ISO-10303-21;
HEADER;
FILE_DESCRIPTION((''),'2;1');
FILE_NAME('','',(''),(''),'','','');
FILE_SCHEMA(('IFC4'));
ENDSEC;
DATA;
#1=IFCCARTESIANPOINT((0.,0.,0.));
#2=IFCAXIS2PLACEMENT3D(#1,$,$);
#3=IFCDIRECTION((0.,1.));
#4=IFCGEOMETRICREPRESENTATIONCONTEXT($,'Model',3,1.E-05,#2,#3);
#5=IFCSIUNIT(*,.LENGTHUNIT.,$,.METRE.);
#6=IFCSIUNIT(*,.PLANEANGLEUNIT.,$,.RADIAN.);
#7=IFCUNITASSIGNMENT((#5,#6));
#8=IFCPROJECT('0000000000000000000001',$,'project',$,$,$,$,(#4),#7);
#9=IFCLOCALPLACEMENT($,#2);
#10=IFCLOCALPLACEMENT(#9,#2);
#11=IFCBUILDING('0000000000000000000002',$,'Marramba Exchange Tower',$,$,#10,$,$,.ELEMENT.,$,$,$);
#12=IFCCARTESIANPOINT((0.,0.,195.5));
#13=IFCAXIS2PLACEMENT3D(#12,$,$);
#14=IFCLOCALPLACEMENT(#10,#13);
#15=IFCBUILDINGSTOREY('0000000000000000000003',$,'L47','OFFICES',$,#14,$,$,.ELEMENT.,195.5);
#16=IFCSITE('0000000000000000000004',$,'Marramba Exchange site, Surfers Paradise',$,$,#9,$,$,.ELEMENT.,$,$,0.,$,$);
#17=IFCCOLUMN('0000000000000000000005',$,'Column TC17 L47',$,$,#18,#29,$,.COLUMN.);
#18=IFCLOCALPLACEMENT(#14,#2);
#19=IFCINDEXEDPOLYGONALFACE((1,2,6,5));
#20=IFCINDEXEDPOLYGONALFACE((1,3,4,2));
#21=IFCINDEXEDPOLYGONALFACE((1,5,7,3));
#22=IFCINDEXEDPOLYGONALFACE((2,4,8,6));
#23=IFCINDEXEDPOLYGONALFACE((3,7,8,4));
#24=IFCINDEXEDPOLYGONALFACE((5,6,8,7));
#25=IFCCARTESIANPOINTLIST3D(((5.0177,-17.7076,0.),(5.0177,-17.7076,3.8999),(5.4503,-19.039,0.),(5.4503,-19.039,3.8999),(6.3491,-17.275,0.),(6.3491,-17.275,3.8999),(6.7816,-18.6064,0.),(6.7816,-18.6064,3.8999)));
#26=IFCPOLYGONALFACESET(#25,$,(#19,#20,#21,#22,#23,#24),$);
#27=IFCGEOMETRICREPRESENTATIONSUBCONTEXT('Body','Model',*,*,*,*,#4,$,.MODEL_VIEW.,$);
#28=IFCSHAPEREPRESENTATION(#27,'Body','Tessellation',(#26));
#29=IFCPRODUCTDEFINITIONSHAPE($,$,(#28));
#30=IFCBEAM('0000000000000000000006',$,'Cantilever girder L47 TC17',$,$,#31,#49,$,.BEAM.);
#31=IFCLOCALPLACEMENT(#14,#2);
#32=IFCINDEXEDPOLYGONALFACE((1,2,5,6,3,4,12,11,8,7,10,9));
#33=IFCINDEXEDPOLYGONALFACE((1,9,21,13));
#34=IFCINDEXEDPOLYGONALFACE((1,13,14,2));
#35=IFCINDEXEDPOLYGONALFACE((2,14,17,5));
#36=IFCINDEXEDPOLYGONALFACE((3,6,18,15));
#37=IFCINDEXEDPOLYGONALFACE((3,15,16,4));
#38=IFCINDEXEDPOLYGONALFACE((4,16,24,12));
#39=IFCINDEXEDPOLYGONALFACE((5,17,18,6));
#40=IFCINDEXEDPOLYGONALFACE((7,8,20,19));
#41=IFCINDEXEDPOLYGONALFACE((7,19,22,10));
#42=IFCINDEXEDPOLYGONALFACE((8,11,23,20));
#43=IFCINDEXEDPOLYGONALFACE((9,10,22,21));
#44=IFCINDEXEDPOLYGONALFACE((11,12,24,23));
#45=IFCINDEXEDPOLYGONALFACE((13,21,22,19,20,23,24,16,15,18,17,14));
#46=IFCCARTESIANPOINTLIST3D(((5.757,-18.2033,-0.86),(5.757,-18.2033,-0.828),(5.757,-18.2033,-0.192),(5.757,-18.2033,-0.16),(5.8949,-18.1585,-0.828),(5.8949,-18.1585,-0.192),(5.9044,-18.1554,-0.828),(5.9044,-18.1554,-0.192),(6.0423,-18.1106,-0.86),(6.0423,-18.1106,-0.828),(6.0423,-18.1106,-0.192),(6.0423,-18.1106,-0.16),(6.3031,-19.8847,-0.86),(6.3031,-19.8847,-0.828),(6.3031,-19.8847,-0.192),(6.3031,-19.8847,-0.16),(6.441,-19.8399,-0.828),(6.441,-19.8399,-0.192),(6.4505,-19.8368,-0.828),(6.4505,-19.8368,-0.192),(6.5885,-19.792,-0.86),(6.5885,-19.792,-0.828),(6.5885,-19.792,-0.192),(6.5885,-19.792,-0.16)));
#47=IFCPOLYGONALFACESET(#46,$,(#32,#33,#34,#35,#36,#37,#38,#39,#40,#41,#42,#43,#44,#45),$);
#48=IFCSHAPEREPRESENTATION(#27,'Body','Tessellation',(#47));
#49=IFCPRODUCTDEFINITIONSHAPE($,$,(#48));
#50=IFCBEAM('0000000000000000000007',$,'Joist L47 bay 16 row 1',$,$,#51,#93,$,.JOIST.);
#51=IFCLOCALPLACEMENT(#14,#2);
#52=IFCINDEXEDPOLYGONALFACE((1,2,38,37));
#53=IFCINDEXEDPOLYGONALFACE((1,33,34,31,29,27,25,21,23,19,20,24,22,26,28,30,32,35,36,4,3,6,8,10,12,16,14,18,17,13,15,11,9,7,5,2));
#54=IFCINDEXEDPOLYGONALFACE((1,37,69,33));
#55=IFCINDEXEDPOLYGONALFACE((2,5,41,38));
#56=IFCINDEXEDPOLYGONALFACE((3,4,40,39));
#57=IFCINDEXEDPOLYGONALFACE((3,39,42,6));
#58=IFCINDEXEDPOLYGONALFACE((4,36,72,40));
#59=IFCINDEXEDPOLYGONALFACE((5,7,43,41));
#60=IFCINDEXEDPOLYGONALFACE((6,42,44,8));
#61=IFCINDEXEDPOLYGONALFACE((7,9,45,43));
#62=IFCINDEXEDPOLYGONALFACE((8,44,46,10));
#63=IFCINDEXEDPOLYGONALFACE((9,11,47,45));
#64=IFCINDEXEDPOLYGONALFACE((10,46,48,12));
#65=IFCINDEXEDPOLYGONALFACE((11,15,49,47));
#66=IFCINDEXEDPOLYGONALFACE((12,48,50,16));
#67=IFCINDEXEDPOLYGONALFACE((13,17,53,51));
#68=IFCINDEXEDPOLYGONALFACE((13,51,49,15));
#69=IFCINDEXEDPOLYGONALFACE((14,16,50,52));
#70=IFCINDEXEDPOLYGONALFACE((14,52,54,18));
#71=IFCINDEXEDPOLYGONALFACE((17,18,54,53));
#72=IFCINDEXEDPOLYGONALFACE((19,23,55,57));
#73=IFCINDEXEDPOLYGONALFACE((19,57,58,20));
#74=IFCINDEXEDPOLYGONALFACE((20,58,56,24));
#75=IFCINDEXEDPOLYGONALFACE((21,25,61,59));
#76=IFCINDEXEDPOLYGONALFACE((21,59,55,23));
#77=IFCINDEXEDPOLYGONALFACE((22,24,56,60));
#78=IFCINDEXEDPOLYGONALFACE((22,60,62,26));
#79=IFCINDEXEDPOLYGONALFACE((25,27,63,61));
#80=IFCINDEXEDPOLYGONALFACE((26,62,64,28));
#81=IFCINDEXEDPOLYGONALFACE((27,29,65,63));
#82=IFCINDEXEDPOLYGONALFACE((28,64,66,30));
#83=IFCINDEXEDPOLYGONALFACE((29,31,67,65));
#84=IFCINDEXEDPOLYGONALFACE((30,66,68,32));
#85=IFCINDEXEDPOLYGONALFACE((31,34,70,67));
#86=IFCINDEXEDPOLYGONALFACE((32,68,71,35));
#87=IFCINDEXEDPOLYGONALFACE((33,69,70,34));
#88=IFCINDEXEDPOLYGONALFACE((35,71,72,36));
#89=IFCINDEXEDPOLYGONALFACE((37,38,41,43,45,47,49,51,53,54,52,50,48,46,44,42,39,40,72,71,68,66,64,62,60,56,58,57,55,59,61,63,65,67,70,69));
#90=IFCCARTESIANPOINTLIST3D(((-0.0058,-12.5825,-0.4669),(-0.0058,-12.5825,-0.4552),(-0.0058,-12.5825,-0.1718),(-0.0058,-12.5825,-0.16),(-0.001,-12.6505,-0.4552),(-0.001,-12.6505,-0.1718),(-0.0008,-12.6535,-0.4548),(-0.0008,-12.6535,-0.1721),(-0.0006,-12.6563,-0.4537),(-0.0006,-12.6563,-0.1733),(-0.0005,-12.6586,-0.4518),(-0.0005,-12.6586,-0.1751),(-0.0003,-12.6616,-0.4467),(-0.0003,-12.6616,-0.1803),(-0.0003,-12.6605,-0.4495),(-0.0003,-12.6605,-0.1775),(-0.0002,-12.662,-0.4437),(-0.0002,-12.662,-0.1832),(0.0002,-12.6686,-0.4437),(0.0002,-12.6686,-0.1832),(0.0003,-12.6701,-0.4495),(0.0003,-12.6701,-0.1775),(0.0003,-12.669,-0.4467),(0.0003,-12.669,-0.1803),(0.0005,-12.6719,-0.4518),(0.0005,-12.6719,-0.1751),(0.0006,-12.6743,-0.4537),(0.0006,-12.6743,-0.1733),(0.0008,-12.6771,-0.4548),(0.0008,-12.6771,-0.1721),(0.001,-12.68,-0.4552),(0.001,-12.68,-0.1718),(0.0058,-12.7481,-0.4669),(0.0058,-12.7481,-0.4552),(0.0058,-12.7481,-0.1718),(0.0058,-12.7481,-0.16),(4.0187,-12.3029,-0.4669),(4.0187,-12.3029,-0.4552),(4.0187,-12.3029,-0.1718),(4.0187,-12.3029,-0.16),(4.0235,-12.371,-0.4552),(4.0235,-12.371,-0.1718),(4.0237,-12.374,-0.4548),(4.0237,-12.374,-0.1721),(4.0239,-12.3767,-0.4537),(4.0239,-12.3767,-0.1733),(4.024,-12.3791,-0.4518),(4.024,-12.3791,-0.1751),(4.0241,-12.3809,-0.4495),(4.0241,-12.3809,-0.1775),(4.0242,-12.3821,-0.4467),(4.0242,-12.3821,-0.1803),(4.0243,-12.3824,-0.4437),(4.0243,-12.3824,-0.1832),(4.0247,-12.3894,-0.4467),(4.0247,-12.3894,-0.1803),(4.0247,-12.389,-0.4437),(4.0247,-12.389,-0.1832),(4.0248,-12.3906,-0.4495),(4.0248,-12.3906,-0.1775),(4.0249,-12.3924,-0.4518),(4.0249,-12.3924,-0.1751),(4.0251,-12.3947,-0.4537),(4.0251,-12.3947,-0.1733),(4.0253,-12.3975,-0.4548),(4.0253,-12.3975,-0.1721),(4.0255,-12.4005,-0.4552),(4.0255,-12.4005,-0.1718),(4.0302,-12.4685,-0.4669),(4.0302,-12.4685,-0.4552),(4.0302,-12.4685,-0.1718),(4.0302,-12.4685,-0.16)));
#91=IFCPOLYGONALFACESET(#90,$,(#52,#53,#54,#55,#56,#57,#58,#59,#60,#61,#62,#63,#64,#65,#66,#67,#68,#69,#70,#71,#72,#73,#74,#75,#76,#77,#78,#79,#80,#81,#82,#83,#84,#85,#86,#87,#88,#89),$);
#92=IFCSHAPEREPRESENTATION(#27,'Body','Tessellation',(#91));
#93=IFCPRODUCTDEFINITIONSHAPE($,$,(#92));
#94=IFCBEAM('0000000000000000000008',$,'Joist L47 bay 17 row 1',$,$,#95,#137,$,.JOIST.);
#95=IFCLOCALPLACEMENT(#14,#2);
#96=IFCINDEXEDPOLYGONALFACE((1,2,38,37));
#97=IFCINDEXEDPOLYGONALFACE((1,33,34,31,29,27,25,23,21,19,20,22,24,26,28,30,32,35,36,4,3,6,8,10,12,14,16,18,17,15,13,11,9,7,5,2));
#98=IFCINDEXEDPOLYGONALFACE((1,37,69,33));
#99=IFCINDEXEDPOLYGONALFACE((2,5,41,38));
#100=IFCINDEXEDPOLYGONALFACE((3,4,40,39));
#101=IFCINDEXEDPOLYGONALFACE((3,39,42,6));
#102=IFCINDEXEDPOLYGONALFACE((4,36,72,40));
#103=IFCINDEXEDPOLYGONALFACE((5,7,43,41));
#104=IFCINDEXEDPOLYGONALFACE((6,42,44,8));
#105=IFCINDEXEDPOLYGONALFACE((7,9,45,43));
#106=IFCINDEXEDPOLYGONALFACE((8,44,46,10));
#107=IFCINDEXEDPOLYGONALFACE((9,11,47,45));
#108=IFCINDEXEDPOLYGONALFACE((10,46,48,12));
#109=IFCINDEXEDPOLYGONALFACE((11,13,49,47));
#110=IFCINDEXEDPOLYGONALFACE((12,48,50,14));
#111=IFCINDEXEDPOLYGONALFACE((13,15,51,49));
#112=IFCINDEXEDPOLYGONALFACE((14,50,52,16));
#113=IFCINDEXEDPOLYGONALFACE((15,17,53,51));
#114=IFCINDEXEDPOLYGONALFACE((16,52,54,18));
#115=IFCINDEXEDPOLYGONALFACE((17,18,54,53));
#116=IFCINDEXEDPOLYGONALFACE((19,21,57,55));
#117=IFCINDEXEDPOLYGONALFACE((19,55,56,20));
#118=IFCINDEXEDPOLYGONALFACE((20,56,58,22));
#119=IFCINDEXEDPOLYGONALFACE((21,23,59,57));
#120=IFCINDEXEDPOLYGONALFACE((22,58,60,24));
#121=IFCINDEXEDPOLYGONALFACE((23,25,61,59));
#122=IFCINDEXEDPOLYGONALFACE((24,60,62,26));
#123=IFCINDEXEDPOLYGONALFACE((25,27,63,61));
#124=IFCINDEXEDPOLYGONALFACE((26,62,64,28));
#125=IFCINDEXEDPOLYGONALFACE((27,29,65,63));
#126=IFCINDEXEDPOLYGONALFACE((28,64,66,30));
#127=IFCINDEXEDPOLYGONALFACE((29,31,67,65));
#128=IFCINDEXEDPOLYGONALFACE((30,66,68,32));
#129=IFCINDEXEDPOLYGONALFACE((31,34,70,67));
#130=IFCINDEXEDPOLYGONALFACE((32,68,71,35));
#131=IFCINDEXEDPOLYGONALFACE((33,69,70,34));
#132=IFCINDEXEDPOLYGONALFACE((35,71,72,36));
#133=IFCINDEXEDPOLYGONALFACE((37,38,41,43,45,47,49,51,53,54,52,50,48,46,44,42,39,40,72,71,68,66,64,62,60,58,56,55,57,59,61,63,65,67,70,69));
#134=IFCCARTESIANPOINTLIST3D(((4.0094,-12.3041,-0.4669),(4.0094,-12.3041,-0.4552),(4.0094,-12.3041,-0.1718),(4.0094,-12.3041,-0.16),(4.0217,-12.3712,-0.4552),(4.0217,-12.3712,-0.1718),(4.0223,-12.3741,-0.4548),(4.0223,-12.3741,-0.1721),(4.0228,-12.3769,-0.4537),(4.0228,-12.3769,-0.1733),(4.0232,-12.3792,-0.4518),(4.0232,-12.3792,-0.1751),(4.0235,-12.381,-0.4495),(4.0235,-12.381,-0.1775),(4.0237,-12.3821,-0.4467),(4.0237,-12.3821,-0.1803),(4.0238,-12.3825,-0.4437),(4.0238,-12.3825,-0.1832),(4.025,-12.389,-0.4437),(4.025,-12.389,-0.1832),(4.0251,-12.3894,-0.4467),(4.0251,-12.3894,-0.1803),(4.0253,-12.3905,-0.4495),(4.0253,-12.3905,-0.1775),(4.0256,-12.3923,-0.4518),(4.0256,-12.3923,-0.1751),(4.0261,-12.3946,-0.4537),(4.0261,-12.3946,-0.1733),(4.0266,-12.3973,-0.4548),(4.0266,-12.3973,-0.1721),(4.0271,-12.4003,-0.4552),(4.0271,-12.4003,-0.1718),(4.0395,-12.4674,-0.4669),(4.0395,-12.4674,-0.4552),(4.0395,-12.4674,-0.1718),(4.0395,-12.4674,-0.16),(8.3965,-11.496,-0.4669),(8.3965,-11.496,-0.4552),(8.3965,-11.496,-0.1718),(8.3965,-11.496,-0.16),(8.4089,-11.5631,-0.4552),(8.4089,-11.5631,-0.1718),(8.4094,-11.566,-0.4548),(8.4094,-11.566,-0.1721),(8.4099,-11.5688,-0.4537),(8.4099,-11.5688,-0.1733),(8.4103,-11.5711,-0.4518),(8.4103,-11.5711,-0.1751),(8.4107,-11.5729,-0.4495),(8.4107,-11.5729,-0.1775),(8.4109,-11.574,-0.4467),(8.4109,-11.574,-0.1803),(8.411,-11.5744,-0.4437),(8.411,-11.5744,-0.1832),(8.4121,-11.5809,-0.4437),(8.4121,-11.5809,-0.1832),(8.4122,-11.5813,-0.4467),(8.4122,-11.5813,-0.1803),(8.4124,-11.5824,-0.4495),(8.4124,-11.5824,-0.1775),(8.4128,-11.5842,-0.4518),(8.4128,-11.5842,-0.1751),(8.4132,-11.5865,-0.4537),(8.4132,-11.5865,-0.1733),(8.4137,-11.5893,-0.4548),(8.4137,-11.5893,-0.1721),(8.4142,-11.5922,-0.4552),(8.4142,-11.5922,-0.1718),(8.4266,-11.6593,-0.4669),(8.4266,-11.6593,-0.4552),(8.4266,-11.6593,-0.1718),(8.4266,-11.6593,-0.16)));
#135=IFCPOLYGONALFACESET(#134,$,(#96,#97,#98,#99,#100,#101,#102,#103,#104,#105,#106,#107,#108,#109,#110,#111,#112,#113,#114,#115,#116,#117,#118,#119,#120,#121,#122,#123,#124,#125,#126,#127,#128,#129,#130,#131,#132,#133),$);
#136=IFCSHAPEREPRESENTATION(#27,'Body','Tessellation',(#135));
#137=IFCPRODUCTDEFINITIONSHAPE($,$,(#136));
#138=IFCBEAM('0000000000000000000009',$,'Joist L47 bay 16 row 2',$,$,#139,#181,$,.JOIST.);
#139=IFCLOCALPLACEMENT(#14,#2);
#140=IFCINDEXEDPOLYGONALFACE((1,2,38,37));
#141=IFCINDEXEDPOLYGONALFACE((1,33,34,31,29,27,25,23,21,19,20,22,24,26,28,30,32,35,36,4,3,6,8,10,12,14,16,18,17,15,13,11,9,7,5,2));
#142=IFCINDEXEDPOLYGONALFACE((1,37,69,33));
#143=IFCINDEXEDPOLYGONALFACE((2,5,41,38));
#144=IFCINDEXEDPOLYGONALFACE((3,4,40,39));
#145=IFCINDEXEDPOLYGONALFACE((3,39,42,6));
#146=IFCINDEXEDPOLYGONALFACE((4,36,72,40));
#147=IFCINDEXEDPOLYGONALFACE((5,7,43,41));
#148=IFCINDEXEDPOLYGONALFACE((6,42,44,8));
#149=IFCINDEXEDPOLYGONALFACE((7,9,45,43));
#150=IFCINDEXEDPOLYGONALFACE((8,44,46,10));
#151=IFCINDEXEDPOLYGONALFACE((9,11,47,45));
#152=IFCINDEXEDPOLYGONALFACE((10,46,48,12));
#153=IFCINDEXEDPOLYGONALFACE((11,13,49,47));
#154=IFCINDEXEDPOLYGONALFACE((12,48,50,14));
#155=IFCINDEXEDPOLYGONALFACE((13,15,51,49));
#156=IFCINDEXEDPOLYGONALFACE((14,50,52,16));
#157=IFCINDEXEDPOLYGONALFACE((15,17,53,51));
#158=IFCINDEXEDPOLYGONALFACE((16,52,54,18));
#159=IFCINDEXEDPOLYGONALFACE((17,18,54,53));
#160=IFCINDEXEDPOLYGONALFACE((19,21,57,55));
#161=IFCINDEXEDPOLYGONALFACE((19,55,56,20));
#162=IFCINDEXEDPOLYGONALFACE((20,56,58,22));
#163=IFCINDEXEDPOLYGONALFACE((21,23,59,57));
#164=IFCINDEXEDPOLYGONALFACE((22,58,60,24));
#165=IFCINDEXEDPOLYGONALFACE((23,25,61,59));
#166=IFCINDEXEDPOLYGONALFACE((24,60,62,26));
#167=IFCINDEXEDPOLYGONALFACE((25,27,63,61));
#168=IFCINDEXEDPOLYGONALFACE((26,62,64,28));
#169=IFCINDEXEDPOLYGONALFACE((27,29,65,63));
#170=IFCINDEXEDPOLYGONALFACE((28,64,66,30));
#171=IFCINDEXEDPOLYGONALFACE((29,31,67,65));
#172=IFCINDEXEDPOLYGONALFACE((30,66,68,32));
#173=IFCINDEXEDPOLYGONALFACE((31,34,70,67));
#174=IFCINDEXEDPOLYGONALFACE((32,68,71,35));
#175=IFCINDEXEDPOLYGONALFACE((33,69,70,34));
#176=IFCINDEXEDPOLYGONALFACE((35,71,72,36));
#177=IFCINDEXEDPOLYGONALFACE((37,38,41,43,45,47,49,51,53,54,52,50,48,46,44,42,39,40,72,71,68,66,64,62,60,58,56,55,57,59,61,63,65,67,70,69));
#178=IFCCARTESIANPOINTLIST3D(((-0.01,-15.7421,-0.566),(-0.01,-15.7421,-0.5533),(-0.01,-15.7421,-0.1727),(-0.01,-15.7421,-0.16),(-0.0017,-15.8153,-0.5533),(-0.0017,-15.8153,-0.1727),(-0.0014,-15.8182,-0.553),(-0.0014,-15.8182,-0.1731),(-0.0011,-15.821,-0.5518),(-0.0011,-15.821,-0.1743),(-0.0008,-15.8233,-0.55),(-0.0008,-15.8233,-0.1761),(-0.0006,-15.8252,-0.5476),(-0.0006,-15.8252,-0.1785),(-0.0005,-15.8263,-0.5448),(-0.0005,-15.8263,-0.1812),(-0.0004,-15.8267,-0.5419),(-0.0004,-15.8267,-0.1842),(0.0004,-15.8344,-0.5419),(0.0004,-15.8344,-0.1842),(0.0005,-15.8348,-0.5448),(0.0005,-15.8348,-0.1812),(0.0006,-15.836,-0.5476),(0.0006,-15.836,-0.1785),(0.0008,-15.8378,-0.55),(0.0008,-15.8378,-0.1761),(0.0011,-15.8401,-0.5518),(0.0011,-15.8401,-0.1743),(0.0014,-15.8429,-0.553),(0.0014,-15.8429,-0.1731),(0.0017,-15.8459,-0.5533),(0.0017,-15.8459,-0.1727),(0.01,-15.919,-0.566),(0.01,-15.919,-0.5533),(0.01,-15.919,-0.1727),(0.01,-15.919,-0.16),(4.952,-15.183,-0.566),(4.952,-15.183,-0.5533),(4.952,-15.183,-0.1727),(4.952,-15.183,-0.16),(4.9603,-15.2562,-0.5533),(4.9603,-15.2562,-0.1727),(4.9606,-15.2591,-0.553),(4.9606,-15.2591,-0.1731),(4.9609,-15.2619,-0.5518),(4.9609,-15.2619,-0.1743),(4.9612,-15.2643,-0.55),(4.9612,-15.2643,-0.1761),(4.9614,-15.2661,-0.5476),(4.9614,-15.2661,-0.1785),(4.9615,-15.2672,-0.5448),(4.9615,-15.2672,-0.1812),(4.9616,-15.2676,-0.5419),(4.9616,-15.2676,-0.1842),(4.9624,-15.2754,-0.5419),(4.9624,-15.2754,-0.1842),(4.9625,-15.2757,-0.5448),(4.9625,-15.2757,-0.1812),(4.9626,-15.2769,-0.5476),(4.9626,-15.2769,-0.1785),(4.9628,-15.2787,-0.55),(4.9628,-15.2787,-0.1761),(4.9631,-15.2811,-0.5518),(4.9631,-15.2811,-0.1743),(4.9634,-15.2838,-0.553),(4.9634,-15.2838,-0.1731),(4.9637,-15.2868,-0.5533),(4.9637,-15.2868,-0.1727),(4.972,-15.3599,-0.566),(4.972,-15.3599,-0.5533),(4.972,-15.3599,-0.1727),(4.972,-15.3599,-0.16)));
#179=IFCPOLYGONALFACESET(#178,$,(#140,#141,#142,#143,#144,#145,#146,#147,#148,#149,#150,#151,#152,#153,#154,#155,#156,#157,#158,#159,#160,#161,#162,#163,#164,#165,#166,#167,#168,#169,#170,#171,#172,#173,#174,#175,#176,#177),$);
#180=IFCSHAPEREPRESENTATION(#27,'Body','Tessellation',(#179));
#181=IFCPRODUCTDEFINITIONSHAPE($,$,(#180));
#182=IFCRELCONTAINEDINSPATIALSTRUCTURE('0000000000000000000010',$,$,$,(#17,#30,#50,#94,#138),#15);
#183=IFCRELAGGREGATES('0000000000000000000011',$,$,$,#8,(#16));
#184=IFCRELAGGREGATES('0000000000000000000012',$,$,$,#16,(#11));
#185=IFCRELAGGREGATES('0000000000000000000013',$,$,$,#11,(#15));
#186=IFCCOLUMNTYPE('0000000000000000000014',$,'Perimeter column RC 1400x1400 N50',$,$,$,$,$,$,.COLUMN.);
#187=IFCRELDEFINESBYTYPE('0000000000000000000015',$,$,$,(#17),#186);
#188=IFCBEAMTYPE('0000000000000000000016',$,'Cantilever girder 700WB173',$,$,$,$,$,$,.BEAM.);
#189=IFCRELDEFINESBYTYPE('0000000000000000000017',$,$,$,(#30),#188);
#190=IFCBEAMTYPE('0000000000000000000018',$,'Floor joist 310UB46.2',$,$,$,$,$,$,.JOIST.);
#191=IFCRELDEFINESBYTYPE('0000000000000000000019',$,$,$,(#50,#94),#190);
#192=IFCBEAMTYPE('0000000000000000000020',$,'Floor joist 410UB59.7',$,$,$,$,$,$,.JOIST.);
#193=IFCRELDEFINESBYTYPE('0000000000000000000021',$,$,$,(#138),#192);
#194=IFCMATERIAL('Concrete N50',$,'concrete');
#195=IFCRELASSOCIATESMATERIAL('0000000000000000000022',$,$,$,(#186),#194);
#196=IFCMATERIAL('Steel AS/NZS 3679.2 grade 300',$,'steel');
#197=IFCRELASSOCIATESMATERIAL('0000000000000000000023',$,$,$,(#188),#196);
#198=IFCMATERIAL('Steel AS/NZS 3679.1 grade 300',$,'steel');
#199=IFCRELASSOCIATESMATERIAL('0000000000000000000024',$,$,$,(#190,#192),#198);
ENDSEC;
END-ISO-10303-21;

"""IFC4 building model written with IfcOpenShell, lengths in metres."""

from ifc_helpers import new_model, si_unit, direction, frame, origin, origin_2d, place, context, subcontext, project, spatial, rectangle, i_section, extrude, material, material_profile, profile_set, type_object, element, save


model = new_model("IFC4")

# Units and contexts
model_context = context("Model", 3, precision=1e-05, world=origin(), true_north=direction((0.0, 1.0)))
body_context = subcontext(model_context, "Body", "Model", "MODEL_VIEW")
ifc_project = project(units=[si_unit("LENGTHUNIT", "METRE"), si_unit("PLANEANGLEUNIT", "RADIAN")], contexts=[model_context])

# Site, building, storey
site_placement = place(None, origin())
site = spatial("IfcSite", under=ifc_project, at=site_placement, Name="Marramba Exchange site, Surfers Paradise", CompositionType="ELEMENT", RefElevation=0.0)
building_placement = place(site_placement, origin())
building = spatial("IfcBuilding", under=site, at=building_placement, Name="Marramba Exchange Tower", CompositionType="ELEMENT")
storey_placement = place(building_placement, frame((0.0, 0.0, 195.5)))
storey = spatial("IfcBuildingStorey", under=building, at=storey_placement, Name="L47", Description="OFFICES", CompositionType="ELEMENT", Elevation=195.5)

# Column
ifc_material_1 = material(Name="Concrete N50", Category="concrete")
ifc_material_profile_1 = material_profile(ifc_material_1, rectangle(XDim=1.3999, YDim=1.3999, at=origin_2d()), Name="RC 1400x1400")
ifc_profile_set_1 = profile_set([ifc_material_profile_1], Name="Concrete N50")
column_type = type_object("IfcColumnType", Name="Perimeter column RC 1400x1400 N50", PredefinedType="COLUMN", material=ifc_profile_set_1)
column_placement = place(storey_placement, frame((5.8997, -18.157, 0.0), z_axis=(0.0, 0.0, 1.0), x_axis=(0.309017, -0.951057, 0.0)))
element("IfcColumn", 1, at=column_placement, inside=storey, type_object=column_type, Name="Column TC17 L47", PredefinedType="COLUMN", context=body_context, shape_type="SweptSolid", body=[
    extrude(rectangle(XDim=1.3999, YDim=1.3999, at=origin_2d()), origin(), (0.0, 0.0, 1.0), 3.8999),
])

# Beams
ifc_material_2 = material(Name="Steel AS/NZS 3679.2 grade 300", Category="steel")
ifc_material_profile_2 = material_profile(ifc_material_2, i_section(OverallWidth=0.3, OverallDepth=0.7, WebThickness=0.01, FlangeThickness=0.032, at=origin_2d()), Name="700WB173")
ifc_profile_set_2 = profile_set([ifc_material_profile_2], Name="Steel AS/NZS 3679.2 grade 300")
beam_type_1 = type_object("IfcBeamType", Name="Cantilever girder 700WB173", PredefinedType="BEAM", material=ifc_profile_set_2)
beam_1_placement = place(storey_placement, frame((5.8997, -18.157, -0.51), z_axis=(0.308927, -0.951086, 0.0), x_axis=(0.951086, 0.308927, 0.0)))
element("IfcBeam", 2, at=beam_1_placement, inside=storey, type_object=beam_type_1, Name="Cantilever girder L47 TC17", PredefinedType="BEAM", context=body_context, shape_type="SweptSolid", body=[
    extrude(i_section(OverallWidth=0.3, OverallDepth=0.7, WebThickness=0.01, FlangeThickness=0.032, at=origin_2d()), origin(), (0.0, 0.0, 1.0), 1.7678),
])
ifc_material_3 = material(Name="Steel AS/NZS 3679.1 grade 300", Category="steel")
ifc_material_profile_3 = material_profile(ifc_material_3, i_section(OverallWidth=0.166, OverallDepth=0.3069, WebThickness=0.0066, FlangeThickness=0.0117, FilletRadius=0.0115, at=origin_2d()), Name="310UB46.2")
ifc_profile_set_3 = profile_set([ifc_material_profile_3], Name="Steel AS/NZS 3679.1 grade 300")
beam_type_2 = type_object("IfcBeamType", Name="Floor joist 310UB46.2", PredefinedType="JOIST", material=ifc_profile_set_3)
beam_2_placement = place(storey_placement, frame((0.0, -12.6653, -0.3135), z_axis=(0.997596, 0.069294, 0.0), x_axis=(-0.069294, 0.997596, 0.0)))
element("IfcBeam", 3, at=beam_2_placement, inside=storey, type_object=beam_type_2, Name="Joist L47 bay 16 row 1", PredefinedType="JOIST", context=body_context, shape_type="SweptSolid", body=[
    extrude(i_section(OverallWidth=0.166, OverallDepth=0.3069, WebThickness=0.0066, FlangeThickness=0.0117, FilletRadius=0.0115, at=origin_2d()), origin(), (0.0, 0.0, 1.0), 4.0342),
])
beam_3_placement = place(storey_placement, frame((4.0244, -12.3857, -0.3135), z_axis=(0.983456, 0.181149, 0.0), x_axis=(-0.181149, 0.983456, 0.0)))
element("IfcBeam", 4, at=beam_3_placement, inside=storey, type_object=beam_type_2, Name="Joist L47 bay 17 row 1", PredefinedType="JOIST", context=body_context, shape_type="SweptSolid", body=[
    extrude(i_section(OverallWidth=0.166, OverallDepth=0.3069, WebThickness=0.0066, FlangeThickness=0.0117, FilletRadius=0.0115, at=origin_2d()), origin(), (0.0, 0.0, 1.0), 4.4609),
])
ifc_material_profile_4 = material_profile(ifc_material_3, i_section(OverallWidth=0.178, OverallDepth=0.406, WebThickness=0.0078, FlangeThickness=0.0127, FilletRadius=0.0115, at=origin_2d()), Name="410UB59.7")
ifc_profile_set_4 = profile_set([ifc_material_profile_4], Name="Steel AS/NZS 3679.1 grade 300")
beam_type_3 = type_object("IfcBeamType", Name="Floor joist 410UB59.7", PredefinedType="JOIST", material=ifc_profile_set_4)
beam_4_placement = place(storey_placement, frame((0.0, -15.8306, -0.363), z_axis=(0.993712, 0.111966, 0.0), x_axis=(-0.111966, 0.993712, 0.0)))
element("IfcBeam", 5, at=beam_4_placement, inside=storey, type_object=beam_type_3, Name="Joist L47 bay 16 row 2", PredefinedType="JOIST", context=body_context, shape_type="SweptSolid", body=[
    extrude(i_section(OverallWidth=0.178, OverallDepth=0.406, WebThickness=0.0078, FlangeThickness=0.0127, FilletRadius=0.0115, at=origin_2d()), origin(), (0.0, 0.0, 1.0), 4.9934),
])

save(model, "model.ifc")
